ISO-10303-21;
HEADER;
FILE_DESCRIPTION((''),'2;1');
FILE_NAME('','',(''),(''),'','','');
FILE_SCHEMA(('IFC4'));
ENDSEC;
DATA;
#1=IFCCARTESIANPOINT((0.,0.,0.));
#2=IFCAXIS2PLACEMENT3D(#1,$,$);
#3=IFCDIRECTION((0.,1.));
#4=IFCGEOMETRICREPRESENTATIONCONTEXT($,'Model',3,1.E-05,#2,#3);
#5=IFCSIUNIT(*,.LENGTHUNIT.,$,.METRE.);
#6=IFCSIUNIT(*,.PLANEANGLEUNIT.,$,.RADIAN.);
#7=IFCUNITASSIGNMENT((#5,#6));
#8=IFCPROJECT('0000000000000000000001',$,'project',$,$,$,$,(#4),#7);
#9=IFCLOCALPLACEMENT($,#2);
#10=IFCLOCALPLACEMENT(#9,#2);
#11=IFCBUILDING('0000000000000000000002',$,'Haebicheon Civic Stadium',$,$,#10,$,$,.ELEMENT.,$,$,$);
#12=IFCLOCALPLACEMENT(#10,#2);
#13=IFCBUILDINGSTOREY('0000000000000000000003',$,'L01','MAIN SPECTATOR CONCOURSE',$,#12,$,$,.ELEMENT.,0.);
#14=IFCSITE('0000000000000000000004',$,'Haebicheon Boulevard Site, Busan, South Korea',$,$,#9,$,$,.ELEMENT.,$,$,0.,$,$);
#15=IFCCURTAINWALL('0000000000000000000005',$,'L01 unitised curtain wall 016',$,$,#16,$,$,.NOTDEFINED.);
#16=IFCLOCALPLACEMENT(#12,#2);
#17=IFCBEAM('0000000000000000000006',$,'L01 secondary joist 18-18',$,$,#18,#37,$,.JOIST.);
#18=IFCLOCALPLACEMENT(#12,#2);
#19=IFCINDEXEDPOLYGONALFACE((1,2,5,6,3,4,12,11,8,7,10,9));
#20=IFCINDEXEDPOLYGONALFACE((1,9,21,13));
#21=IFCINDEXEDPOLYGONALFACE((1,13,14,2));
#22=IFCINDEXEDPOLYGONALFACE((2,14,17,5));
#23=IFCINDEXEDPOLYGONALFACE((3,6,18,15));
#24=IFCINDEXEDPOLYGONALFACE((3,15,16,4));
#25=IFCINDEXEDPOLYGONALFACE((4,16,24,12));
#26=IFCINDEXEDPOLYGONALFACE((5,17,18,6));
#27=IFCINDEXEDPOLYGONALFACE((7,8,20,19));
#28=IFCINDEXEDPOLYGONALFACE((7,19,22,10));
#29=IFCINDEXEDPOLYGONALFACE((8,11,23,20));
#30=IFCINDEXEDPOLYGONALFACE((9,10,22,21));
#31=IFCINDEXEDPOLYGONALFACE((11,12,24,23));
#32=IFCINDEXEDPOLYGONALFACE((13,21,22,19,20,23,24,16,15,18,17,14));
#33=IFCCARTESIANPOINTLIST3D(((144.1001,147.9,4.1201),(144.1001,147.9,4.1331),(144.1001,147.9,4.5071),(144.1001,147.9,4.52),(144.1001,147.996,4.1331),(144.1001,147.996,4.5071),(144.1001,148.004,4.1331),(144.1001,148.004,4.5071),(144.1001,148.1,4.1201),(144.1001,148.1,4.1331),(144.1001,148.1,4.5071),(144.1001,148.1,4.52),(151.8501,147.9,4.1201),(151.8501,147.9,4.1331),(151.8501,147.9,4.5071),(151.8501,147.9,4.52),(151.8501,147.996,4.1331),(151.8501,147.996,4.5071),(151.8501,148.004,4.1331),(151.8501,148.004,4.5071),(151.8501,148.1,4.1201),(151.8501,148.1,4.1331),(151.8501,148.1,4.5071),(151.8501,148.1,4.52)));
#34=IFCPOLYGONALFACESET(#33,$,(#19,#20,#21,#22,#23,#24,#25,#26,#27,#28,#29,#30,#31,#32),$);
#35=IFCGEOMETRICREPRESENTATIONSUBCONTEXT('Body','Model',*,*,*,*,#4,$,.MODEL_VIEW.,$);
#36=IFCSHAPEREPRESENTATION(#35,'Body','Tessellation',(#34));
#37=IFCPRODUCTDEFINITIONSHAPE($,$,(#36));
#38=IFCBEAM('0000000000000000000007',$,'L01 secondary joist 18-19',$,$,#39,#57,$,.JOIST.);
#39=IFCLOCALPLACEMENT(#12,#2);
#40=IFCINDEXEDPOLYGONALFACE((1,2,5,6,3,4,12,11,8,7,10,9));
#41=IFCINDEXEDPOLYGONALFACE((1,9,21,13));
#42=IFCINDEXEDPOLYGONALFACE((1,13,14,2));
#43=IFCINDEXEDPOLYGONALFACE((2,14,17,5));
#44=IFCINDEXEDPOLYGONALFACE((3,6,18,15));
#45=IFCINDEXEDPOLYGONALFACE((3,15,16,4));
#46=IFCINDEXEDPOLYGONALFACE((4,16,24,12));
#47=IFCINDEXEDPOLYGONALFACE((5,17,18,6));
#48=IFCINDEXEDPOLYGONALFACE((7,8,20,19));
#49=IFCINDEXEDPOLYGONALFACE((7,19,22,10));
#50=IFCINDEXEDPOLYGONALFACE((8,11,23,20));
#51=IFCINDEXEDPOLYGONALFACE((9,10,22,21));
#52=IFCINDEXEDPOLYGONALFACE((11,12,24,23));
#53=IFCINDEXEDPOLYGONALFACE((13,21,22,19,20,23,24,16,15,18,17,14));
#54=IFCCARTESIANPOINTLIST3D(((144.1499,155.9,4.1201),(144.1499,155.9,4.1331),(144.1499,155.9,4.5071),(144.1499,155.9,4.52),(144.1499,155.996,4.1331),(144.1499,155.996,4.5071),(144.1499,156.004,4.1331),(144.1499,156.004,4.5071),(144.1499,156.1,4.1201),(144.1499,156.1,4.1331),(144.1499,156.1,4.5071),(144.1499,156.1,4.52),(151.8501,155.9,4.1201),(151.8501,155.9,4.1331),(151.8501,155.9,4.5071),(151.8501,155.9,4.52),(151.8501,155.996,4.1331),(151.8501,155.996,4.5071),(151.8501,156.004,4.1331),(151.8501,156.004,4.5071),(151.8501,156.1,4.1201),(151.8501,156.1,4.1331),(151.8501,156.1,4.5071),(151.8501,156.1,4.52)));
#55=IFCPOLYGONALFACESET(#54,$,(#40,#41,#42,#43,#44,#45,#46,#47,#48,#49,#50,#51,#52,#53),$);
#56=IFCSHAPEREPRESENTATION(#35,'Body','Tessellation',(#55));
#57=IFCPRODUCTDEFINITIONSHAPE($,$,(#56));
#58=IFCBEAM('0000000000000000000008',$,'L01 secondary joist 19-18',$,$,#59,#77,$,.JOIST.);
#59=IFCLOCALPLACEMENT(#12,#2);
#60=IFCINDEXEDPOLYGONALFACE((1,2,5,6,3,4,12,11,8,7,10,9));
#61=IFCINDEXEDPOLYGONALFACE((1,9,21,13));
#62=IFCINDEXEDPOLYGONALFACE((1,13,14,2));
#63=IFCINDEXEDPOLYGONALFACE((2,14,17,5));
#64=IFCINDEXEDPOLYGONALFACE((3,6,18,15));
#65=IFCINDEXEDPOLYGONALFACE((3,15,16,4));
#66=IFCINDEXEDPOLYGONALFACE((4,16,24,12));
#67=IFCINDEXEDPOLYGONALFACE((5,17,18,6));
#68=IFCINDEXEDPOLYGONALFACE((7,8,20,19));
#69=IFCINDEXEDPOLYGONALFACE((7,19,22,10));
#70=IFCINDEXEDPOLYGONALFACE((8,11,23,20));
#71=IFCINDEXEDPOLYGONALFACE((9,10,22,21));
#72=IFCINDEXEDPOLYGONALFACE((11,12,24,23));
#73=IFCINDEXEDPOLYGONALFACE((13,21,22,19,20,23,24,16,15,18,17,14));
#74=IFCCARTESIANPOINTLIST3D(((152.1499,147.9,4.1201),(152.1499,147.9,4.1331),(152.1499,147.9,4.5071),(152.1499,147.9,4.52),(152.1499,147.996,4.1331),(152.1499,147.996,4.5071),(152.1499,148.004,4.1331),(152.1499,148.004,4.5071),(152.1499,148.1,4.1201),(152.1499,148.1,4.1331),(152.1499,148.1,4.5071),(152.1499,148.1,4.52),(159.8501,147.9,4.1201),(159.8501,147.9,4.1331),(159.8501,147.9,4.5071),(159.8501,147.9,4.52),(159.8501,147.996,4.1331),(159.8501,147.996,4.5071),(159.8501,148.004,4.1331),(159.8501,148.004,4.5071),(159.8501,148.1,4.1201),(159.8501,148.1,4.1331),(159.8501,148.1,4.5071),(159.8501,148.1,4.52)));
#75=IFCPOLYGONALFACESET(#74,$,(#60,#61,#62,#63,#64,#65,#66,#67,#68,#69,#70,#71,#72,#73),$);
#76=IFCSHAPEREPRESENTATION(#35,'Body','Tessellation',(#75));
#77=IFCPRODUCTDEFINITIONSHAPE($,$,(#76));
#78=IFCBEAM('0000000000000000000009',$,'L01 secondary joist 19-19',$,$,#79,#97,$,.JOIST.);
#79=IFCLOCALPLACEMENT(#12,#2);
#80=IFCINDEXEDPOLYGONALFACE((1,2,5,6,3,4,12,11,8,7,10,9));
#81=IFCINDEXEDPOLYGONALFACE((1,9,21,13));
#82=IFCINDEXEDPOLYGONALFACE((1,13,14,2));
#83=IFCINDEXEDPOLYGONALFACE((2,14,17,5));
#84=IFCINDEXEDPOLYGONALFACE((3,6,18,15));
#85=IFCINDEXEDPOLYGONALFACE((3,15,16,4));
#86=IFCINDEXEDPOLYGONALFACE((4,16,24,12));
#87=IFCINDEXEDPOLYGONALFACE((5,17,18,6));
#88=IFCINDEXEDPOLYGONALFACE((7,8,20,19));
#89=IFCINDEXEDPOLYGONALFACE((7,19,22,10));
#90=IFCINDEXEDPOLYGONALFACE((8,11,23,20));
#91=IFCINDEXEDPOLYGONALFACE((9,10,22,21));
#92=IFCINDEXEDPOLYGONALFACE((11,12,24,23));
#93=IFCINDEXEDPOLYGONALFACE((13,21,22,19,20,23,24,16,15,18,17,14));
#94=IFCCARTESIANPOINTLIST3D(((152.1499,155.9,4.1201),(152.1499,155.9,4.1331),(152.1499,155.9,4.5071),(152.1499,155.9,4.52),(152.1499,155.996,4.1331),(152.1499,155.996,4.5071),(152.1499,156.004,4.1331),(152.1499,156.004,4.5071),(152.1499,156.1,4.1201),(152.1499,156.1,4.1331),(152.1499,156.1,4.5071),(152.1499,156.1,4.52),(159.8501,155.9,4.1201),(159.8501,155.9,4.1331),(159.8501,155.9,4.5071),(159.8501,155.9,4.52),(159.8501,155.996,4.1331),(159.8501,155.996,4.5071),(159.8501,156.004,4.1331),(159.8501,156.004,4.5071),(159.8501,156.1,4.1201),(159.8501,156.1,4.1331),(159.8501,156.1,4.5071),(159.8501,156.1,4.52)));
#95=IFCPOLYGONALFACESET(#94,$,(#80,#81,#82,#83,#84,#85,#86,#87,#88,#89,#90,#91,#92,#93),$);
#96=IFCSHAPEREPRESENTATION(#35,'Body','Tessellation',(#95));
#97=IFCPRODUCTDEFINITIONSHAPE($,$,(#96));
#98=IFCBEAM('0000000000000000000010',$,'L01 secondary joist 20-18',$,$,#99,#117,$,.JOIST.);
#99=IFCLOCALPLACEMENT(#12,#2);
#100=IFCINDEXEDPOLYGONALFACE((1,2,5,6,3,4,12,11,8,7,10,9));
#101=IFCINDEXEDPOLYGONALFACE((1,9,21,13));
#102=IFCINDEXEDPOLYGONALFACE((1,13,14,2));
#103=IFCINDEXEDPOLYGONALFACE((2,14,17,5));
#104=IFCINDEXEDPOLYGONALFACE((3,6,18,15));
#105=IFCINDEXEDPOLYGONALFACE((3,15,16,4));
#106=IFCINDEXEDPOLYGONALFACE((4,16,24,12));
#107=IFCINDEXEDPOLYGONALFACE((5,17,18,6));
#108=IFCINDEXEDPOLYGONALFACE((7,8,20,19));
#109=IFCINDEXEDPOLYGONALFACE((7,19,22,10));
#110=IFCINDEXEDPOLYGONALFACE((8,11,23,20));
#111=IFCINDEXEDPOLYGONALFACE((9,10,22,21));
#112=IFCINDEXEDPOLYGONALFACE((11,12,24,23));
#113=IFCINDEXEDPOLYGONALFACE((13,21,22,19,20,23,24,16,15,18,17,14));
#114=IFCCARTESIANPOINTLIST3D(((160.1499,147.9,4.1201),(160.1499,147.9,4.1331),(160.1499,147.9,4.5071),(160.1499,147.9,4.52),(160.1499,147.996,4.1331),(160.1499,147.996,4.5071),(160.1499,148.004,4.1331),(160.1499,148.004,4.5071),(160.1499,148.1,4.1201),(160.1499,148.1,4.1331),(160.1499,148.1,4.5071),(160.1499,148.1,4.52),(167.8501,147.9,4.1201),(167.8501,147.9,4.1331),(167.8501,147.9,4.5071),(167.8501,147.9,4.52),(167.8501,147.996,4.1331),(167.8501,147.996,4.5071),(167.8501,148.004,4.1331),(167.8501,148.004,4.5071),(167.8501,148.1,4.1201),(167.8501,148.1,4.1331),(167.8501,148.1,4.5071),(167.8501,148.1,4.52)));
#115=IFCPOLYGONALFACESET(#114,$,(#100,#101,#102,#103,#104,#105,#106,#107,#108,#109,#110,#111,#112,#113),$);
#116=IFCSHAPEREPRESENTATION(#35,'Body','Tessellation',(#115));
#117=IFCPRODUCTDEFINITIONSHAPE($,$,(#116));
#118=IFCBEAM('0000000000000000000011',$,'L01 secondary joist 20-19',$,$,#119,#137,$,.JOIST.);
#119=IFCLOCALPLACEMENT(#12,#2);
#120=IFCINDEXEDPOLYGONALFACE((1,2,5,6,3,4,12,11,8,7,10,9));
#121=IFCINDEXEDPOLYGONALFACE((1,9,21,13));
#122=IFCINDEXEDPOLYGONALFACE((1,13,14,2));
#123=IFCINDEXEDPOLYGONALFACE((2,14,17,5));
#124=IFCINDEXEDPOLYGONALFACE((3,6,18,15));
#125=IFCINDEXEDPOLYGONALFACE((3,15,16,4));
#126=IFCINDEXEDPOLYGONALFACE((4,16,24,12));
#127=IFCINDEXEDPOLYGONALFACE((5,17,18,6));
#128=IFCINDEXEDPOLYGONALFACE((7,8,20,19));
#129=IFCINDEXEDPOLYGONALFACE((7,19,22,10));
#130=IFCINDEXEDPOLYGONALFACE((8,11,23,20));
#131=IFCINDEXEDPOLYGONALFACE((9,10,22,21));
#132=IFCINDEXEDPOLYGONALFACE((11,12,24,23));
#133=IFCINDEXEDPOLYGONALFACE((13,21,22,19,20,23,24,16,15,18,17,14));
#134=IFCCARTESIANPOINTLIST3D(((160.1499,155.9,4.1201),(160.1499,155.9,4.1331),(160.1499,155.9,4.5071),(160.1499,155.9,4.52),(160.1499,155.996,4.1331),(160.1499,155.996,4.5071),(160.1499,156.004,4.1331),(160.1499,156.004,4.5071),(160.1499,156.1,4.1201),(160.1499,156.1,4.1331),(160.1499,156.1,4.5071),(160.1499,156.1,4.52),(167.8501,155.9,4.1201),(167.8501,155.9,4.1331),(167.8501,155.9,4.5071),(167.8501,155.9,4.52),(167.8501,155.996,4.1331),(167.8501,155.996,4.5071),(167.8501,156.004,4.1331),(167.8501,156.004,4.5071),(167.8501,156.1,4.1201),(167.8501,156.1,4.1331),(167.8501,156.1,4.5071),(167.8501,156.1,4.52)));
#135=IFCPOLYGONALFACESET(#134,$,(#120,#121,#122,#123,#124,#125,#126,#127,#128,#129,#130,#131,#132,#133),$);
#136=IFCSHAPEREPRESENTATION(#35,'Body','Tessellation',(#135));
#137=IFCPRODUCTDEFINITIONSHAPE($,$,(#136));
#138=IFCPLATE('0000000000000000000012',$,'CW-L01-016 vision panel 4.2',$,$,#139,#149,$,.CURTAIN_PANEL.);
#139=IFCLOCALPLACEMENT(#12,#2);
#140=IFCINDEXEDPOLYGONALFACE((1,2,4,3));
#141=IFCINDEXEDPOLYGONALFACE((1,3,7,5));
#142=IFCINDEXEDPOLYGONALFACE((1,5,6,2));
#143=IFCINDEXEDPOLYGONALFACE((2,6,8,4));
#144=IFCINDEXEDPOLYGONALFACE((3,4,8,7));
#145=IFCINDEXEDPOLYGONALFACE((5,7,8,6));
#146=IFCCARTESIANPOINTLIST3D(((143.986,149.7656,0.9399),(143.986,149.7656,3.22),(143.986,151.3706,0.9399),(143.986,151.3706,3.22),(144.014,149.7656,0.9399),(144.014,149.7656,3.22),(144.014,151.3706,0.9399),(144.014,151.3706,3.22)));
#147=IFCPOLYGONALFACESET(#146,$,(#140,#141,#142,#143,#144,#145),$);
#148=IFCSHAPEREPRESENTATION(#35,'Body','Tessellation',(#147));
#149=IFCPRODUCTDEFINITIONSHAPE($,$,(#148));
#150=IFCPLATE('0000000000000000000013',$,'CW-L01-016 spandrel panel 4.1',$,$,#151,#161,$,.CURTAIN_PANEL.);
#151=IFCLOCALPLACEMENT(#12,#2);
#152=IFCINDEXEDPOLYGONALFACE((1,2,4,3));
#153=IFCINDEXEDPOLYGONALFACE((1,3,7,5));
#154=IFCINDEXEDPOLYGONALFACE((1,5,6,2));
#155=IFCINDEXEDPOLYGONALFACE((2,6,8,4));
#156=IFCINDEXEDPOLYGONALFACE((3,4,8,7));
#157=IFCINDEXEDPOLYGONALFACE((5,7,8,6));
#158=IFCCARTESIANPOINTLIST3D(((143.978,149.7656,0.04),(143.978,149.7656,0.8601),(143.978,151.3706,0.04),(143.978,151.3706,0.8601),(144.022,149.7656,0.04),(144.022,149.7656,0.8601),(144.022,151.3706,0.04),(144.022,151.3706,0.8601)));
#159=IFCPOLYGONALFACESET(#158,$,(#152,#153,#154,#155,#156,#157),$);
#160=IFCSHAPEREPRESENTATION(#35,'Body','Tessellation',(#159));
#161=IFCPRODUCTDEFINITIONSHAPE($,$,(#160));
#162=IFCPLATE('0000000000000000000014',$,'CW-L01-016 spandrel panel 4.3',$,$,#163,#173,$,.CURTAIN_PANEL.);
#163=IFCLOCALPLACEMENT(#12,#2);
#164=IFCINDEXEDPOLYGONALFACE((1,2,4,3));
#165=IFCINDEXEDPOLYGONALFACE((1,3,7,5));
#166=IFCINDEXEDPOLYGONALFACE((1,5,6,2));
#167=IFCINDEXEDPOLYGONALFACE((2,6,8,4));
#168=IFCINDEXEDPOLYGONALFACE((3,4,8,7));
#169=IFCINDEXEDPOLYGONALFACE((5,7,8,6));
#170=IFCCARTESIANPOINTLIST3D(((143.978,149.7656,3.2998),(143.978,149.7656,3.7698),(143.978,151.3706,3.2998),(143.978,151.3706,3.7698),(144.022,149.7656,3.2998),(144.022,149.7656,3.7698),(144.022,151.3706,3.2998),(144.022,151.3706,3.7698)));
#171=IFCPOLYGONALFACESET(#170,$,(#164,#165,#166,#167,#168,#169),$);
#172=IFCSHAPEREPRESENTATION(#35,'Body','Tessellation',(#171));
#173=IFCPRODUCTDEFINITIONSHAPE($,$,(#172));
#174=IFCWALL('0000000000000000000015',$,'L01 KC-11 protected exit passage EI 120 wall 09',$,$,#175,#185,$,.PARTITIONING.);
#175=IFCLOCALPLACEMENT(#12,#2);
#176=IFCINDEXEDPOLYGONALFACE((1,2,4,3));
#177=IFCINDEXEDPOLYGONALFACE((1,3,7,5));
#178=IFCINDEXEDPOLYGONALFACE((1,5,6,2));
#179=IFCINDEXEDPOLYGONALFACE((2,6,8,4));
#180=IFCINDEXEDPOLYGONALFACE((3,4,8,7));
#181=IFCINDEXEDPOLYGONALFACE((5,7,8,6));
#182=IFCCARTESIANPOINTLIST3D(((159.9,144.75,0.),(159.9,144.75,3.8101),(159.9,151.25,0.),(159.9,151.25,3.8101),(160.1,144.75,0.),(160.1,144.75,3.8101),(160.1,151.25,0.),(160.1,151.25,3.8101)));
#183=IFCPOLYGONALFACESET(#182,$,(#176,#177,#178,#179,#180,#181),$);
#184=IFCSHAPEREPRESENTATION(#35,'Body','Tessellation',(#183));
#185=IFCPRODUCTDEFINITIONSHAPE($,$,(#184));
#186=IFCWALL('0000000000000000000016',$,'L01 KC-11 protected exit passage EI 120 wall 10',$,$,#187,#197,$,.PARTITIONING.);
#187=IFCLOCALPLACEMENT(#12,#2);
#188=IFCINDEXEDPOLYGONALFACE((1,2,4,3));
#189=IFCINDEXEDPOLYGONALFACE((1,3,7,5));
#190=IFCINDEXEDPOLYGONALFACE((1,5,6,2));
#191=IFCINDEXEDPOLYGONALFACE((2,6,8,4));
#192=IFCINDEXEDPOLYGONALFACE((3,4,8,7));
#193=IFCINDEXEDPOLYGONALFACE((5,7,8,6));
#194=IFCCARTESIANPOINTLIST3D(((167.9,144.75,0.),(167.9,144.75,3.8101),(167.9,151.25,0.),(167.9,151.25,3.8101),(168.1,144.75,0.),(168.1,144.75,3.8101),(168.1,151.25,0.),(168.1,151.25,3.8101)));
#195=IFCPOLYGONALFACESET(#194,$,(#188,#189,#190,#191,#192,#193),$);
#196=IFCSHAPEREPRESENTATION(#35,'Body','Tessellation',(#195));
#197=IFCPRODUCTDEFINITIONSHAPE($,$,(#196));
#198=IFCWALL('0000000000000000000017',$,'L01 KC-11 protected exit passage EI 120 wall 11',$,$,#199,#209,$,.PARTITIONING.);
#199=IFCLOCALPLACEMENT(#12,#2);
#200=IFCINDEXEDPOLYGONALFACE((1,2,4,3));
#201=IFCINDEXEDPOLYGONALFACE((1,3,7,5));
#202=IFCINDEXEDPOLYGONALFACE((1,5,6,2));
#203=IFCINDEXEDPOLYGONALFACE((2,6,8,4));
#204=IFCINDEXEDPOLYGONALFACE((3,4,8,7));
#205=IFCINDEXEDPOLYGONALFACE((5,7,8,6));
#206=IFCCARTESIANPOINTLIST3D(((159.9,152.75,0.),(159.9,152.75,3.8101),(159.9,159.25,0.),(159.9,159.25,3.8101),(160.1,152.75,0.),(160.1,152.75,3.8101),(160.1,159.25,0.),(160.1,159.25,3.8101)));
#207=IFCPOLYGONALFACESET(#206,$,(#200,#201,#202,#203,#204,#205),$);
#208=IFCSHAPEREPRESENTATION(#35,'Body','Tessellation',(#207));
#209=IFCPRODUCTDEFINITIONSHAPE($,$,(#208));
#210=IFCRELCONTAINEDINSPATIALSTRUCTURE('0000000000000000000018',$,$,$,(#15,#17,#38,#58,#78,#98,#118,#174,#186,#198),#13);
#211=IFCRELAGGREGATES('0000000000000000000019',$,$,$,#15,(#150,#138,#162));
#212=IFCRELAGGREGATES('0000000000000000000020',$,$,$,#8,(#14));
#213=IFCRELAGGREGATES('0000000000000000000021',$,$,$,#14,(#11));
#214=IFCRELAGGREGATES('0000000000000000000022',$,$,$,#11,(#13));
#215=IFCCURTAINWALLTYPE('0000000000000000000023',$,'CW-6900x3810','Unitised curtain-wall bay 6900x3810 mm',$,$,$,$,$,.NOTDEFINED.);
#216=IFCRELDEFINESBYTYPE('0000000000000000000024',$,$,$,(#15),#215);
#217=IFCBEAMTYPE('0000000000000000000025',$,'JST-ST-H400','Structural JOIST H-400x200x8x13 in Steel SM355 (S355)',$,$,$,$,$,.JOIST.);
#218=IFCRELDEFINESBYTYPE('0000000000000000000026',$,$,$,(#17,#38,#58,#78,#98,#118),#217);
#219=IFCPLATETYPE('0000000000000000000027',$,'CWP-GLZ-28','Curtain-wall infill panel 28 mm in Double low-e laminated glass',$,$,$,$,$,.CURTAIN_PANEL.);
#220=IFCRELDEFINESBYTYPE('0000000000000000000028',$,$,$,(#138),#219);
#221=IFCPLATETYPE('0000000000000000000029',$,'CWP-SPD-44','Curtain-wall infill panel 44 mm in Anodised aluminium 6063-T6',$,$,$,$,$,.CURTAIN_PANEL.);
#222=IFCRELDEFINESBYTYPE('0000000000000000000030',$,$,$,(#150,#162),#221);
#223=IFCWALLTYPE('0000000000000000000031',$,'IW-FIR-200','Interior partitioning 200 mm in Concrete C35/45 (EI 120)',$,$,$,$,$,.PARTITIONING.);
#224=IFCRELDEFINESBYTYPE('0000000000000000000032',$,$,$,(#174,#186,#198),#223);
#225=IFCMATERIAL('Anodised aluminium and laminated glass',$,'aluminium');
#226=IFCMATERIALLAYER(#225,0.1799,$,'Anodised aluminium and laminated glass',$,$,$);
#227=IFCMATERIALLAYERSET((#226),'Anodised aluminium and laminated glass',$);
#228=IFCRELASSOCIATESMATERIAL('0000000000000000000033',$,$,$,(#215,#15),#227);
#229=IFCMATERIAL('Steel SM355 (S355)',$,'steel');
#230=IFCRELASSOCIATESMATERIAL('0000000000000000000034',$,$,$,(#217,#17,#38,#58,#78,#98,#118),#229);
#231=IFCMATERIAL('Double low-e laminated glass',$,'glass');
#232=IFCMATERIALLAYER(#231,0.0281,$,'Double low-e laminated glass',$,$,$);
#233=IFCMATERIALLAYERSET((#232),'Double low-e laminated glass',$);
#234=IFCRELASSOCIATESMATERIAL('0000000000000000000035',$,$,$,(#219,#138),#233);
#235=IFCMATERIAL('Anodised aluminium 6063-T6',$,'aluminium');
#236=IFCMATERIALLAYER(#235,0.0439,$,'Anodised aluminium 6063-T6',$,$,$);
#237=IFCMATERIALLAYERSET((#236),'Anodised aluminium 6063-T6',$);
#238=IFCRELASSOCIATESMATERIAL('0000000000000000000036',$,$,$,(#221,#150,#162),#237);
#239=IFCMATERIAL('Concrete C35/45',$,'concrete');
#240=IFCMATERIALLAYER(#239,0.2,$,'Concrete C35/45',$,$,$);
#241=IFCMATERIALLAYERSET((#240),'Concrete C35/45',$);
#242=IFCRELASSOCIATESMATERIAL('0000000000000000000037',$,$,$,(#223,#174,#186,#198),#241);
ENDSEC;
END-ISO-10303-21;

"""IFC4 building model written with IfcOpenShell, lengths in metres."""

from ifc_helpers import new_model, si_unit, direction, frame, frame_2d, origin, origin_2d, place, context, subcontext, project, spatial, rectangle, i_section, extrude, material, layer, layer_set, material_profile, profile_set, type_object, element, aggregate, save


model = new_model("IFC4")

# Units and contexts
model_context = context("Model", 3, precision=1e-05, world=origin(), true_north=direction((0.0, 1.0)))
body_context = subcontext(model_context, "Body", "Model", "MODEL_VIEW")
ifc_project = project(units=[si_unit("LENGTHUNIT", "METRE"), si_unit("PLANEANGLEUNIT", "RADIAN")], contexts=[model_context])

# Site, building, storey
site_placement = place(None, origin())
site = spatial("IfcSite", under=ifc_project, at=site_placement, Name="Haebicheon Boulevard Site, Busan, South Korea", CompositionType="ELEMENT", RefElevation=0.0)
building_placement = place(site_placement, origin())
building = spatial("IfcBuilding", under=site, at=building_placement, Name="Haebicheon Civic Stadium", CompositionType="ELEMENT")
storey_placement = place(building_placement, origin())
storey = spatial("IfcBuildingStorey", under=building, at=storey_placement, Name="L01", Description="MAIN SPECTATOR CONCOURSE", CompositionType="ELEMENT", Elevation=0.0)

# Curtain wall
ifc_material_1 = material(Name="Anodised aluminium and laminated glass", Category="aluminium")
ifc_layer_1 = layer(ifc_material_1, 0.1799, Name="Anodised aluminium and laminated glass")
ifc_layer_set_1 = layer_set([ifc_layer_1], Name="Anodised aluminium and laminated glass")
curtain_wall_type = type_object("IfcCurtainWallType", Name="CW-6900x3810", Description="Unitised curtain-wall bay 6900x3810 mm", PredefinedType="NOTDEFINED", material=ifc_layer_set_1)
curtain_wall_placement = place(storey_placement, origin())
curtain_wall = element("IfcCurtainWall", 1, at=curtain_wall_placement, inside=storey, type_object=curtain_wall_type, material=ifc_layer_set_1, Name="L01 unitised curtain wall 016", PredefinedType="NOTDEFINED")

# Beams
ifc_material_2 = material(Name="Steel SM355 (S355)", Category="steel")
ifc_material_profile_1 = material_profile(ifc_material_2, i_section(OverallWidth=0.2, OverallDepth=0.3999, WebThickness=0.0081, FlangeThickness=0.0129, at=origin_2d()), Name="H-400x200x8x13")
ifc_profile_set_1 = profile_set([ifc_material_profile_1], Name="Steel SM355 (S355)")
beam_type_1 = type_object("IfcBeamType", Name="JST-ST-H400", Description="Structural JOIST H-400x200x8x13 in Steel SM355 (S355)", PredefinedType="JOIST", material=ifc_profile_set_1)
beam_1_placement = place(storey_placement, frame((144.1001, 148.0, 4.3201), z_axis=(1.0, 0.0, 0.0), x_axis=(0.0, 1.0, 0.0)))
element("IfcBeam", 2, at=beam_1_placement, inside=storey, type_object=beam_type_1, material=ifc_profile_set_1, Name="L01 secondary joist 18-18", PredefinedType="JOIST", context=body_context, shape_type="SweptSolid", body=[
    extrude(i_section(OverallWidth=0.2, OverallDepth=0.3999, WebThickness=0.0081, FlangeThickness=0.0129, at=origin_2d()), origin(), (0.0, 0.0, 1.0), 7.75),
])
for number, where, z_axis, x_axis, name in (
    (3, (144.1499, 156.0, 4.3201), (1.0, 0.0, 0.0), (0.0, 1.0, 0.0), "L01 secondary joist 18-19"),
    (4, (152.1499, 148.0, 4.3201), (1.0, 0.0, 0.0), (0.0, 1.0, 0.0), "L01 secondary joist 19-18"),
    (5, (152.1499, 156.0, 4.3201), (1.0, 0.0, 0.0), (0.0, 1.0, 0.0), "L01 secondary joist 19-19"),
    (6, (160.1499, 148.0, 4.3201), (1.0, 0.0, 0.0), (0.0, 1.0, 0.0), "L01 secondary joist 20-18"),
    (7, (160.1499, 156.0, 4.3201), (1.0, 0.0, 0.0), (0.0, 1.0, 0.0), "L01 secondary joist 20-19"),
):
    element("IfcBeam", number, at=place(storey_placement, frame(where, z_axis=z_axis, x_axis=x_axis)), inside=storey, type_object=beam_type_1, material=ifc_profile_set_1, Name=name, PredefinedType="JOIST", context=body_context, shape_type="SweptSolid", body=[
        extrude(i_section(OverallWidth=0.2, OverallDepth=0.3999, WebThickness=0.0081, FlangeThickness=0.0129, at=origin_2d()), origin(), (0.0, 0.0, 1.0), 7.7002),
    ])

# Plates
ifc_material_3 = material(Name="Double low-e laminated glass", Category="glass")
ifc_layer_2 = layer(ifc_material_3, 0.0281, Name="Double low-e laminated glass")
ifc_layer_set_2 = layer_set([ifc_layer_2], Name="Double low-e laminated glass")
plate_type_1 = type_object("IfcPlateType", Name="CWP-GLZ-28", Description="Curtain-wall infill panel 28 mm in Double low-e laminated glass", PredefinedType="CURTAIN_PANEL", material=ifc_layer_set_2)
plate_1_placement = place(storey_placement, frame((144.0, 150.5681, 0.9399), z_axis=(0.0, 0.0, 1.0), x_axis=(0.0, 1.0, 0.0)))
plate_1 = element("IfcPlate", 8, at=plate_1_placement, type_object=plate_type_1, material=ifc_layer_set_2, Name="CW-L01-016 vision panel 4.2", PredefinedType="CURTAIN_PANEL", context=body_context, shape_type="SweptSolid", body=[
    extrude(rectangle(XDim=1.605, YDim=0.0281, at=origin_2d()), origin(), (0.0, 0.0, 1.0), 2.28),
])
ifc_material_4 = material(Name="Anodised aluminium 6063-T6", Category="aluminium")
ifc_layer_3 = layer(ifc_material_4, 0.0439, Name="Anodised aluminium 6063-T6")
ifc_layer_set_3 = layer_set([ifc_layer_3], Name="Anodised aluminium 6063-T6")
plate_type_2 = type_object("IfcPlateType", Name="CWP-SPD-44", Description="Curtain-wall infill panel 44 mm in Anodised aluminium 6063-T6", PredefinedType="CURTAIN_PANEL", material=ifc_layer_set_3)
plate_2_placement = place(storey_placement, frame((144.0, 150.5681, 0.04), z_axis=(0.0, 0.0, 1.0), x_axis=(0.0, 1.0, 0.0)))
plate_2 = element("IfcPlate", 9, at=plate_2_placement, type_object=plate_type_2, material=ifc_layer_set_3, Name="CW-L01-016 spandrel panel 4.1", PredefinedType="CURTAIN_PANEL", context=body_context, shape_type="SweptSolid", body=[
    extrude(rectangle(XDim=1.605, YDim=0.0439, at=origin_2d()), origin(), (0.0, 0.0, 1.0), 0.8201),
])
plate_3_placement = place(storey_placement, frame((144.0, 150.5681, 3.2998), z_axis=(0.0, 0.0, 1.0), x_axis=(0.0, 1.0, 0.0)))
plate_3 = element("IfcPlate", 10, at=plate_3_placement, type_object=plate_type_2, material=ifc_layer_set_3, Name="CW-L01-016 spandrel panel 4.3", PredefinedType="CURTAIN_PANEL", context=body_context, shape_type="SweptSolid", body=[
    extrude(rectangle(XDim=1.605, YDim=0.0439, at=origin_2d()), origin(), (0.0, 0.0, 1.0), 0.47),
])
aggregate(curtain_wall, [plate_2, plate_1, plate_3])

# Walls
ifc_material_5 = material(Name="Concrete C35/45", Category="concrete")
ifc_layer_4 = layer(ifc_material_5, 0.2, Name="Concrete C35/45")
ifc_layer_set_4 = layer_set([ifc_layer_4], Name="Concrete C35/45")
wall_type_1 = type_object("IfcWallType", Name="IW-FIR-200", Description="Interior partitioning 200 mm in Concrete C35/45 (EI 120)", PredefinedType="PARTITIONING", material=ifc_layer_set_4)
for number, where, z_axis, x_axis, name in (
    (11, (160.0, 144.75, 0.0), (0.0, 0.0, 1.0), (0.0, 1.0, 0.0), "L01 KC-11 protected exit passage EI 120 wall 09"),
    (12, (168.0, 144.75, 0.0), (0.0, 0.0, 1.0), (0.0, 1.0, 0.0), "L01 KC-11 protected exit passage EI 120 wall 10"),
    (13, (160.0, 152.75, 0.0), (0.0, 0.0, 1.0), (0.0, 1.0, 0.0), "L01 KC-11 protected exit passage EI 120 wall 11"),
):
    element("IfcWall", number, at=place(storey_placement, frame(where, z_axis=z_axis, x_axis=x_axis)), inside=storey, type_object=wall_type_1, material=ifc_layer_set_4, Name=name, PredefinedType="PARTITIONING", context=body_context, shape_type="SweptSolid", body=[
        extrude(rectangle(XDim=6.5, YDim=0.2, at=frame_2d((3.25, 0.0))), origin(), (0.0, 0.0, 1.0), 3.8101),
    ])

save(model, "model.ifc")
